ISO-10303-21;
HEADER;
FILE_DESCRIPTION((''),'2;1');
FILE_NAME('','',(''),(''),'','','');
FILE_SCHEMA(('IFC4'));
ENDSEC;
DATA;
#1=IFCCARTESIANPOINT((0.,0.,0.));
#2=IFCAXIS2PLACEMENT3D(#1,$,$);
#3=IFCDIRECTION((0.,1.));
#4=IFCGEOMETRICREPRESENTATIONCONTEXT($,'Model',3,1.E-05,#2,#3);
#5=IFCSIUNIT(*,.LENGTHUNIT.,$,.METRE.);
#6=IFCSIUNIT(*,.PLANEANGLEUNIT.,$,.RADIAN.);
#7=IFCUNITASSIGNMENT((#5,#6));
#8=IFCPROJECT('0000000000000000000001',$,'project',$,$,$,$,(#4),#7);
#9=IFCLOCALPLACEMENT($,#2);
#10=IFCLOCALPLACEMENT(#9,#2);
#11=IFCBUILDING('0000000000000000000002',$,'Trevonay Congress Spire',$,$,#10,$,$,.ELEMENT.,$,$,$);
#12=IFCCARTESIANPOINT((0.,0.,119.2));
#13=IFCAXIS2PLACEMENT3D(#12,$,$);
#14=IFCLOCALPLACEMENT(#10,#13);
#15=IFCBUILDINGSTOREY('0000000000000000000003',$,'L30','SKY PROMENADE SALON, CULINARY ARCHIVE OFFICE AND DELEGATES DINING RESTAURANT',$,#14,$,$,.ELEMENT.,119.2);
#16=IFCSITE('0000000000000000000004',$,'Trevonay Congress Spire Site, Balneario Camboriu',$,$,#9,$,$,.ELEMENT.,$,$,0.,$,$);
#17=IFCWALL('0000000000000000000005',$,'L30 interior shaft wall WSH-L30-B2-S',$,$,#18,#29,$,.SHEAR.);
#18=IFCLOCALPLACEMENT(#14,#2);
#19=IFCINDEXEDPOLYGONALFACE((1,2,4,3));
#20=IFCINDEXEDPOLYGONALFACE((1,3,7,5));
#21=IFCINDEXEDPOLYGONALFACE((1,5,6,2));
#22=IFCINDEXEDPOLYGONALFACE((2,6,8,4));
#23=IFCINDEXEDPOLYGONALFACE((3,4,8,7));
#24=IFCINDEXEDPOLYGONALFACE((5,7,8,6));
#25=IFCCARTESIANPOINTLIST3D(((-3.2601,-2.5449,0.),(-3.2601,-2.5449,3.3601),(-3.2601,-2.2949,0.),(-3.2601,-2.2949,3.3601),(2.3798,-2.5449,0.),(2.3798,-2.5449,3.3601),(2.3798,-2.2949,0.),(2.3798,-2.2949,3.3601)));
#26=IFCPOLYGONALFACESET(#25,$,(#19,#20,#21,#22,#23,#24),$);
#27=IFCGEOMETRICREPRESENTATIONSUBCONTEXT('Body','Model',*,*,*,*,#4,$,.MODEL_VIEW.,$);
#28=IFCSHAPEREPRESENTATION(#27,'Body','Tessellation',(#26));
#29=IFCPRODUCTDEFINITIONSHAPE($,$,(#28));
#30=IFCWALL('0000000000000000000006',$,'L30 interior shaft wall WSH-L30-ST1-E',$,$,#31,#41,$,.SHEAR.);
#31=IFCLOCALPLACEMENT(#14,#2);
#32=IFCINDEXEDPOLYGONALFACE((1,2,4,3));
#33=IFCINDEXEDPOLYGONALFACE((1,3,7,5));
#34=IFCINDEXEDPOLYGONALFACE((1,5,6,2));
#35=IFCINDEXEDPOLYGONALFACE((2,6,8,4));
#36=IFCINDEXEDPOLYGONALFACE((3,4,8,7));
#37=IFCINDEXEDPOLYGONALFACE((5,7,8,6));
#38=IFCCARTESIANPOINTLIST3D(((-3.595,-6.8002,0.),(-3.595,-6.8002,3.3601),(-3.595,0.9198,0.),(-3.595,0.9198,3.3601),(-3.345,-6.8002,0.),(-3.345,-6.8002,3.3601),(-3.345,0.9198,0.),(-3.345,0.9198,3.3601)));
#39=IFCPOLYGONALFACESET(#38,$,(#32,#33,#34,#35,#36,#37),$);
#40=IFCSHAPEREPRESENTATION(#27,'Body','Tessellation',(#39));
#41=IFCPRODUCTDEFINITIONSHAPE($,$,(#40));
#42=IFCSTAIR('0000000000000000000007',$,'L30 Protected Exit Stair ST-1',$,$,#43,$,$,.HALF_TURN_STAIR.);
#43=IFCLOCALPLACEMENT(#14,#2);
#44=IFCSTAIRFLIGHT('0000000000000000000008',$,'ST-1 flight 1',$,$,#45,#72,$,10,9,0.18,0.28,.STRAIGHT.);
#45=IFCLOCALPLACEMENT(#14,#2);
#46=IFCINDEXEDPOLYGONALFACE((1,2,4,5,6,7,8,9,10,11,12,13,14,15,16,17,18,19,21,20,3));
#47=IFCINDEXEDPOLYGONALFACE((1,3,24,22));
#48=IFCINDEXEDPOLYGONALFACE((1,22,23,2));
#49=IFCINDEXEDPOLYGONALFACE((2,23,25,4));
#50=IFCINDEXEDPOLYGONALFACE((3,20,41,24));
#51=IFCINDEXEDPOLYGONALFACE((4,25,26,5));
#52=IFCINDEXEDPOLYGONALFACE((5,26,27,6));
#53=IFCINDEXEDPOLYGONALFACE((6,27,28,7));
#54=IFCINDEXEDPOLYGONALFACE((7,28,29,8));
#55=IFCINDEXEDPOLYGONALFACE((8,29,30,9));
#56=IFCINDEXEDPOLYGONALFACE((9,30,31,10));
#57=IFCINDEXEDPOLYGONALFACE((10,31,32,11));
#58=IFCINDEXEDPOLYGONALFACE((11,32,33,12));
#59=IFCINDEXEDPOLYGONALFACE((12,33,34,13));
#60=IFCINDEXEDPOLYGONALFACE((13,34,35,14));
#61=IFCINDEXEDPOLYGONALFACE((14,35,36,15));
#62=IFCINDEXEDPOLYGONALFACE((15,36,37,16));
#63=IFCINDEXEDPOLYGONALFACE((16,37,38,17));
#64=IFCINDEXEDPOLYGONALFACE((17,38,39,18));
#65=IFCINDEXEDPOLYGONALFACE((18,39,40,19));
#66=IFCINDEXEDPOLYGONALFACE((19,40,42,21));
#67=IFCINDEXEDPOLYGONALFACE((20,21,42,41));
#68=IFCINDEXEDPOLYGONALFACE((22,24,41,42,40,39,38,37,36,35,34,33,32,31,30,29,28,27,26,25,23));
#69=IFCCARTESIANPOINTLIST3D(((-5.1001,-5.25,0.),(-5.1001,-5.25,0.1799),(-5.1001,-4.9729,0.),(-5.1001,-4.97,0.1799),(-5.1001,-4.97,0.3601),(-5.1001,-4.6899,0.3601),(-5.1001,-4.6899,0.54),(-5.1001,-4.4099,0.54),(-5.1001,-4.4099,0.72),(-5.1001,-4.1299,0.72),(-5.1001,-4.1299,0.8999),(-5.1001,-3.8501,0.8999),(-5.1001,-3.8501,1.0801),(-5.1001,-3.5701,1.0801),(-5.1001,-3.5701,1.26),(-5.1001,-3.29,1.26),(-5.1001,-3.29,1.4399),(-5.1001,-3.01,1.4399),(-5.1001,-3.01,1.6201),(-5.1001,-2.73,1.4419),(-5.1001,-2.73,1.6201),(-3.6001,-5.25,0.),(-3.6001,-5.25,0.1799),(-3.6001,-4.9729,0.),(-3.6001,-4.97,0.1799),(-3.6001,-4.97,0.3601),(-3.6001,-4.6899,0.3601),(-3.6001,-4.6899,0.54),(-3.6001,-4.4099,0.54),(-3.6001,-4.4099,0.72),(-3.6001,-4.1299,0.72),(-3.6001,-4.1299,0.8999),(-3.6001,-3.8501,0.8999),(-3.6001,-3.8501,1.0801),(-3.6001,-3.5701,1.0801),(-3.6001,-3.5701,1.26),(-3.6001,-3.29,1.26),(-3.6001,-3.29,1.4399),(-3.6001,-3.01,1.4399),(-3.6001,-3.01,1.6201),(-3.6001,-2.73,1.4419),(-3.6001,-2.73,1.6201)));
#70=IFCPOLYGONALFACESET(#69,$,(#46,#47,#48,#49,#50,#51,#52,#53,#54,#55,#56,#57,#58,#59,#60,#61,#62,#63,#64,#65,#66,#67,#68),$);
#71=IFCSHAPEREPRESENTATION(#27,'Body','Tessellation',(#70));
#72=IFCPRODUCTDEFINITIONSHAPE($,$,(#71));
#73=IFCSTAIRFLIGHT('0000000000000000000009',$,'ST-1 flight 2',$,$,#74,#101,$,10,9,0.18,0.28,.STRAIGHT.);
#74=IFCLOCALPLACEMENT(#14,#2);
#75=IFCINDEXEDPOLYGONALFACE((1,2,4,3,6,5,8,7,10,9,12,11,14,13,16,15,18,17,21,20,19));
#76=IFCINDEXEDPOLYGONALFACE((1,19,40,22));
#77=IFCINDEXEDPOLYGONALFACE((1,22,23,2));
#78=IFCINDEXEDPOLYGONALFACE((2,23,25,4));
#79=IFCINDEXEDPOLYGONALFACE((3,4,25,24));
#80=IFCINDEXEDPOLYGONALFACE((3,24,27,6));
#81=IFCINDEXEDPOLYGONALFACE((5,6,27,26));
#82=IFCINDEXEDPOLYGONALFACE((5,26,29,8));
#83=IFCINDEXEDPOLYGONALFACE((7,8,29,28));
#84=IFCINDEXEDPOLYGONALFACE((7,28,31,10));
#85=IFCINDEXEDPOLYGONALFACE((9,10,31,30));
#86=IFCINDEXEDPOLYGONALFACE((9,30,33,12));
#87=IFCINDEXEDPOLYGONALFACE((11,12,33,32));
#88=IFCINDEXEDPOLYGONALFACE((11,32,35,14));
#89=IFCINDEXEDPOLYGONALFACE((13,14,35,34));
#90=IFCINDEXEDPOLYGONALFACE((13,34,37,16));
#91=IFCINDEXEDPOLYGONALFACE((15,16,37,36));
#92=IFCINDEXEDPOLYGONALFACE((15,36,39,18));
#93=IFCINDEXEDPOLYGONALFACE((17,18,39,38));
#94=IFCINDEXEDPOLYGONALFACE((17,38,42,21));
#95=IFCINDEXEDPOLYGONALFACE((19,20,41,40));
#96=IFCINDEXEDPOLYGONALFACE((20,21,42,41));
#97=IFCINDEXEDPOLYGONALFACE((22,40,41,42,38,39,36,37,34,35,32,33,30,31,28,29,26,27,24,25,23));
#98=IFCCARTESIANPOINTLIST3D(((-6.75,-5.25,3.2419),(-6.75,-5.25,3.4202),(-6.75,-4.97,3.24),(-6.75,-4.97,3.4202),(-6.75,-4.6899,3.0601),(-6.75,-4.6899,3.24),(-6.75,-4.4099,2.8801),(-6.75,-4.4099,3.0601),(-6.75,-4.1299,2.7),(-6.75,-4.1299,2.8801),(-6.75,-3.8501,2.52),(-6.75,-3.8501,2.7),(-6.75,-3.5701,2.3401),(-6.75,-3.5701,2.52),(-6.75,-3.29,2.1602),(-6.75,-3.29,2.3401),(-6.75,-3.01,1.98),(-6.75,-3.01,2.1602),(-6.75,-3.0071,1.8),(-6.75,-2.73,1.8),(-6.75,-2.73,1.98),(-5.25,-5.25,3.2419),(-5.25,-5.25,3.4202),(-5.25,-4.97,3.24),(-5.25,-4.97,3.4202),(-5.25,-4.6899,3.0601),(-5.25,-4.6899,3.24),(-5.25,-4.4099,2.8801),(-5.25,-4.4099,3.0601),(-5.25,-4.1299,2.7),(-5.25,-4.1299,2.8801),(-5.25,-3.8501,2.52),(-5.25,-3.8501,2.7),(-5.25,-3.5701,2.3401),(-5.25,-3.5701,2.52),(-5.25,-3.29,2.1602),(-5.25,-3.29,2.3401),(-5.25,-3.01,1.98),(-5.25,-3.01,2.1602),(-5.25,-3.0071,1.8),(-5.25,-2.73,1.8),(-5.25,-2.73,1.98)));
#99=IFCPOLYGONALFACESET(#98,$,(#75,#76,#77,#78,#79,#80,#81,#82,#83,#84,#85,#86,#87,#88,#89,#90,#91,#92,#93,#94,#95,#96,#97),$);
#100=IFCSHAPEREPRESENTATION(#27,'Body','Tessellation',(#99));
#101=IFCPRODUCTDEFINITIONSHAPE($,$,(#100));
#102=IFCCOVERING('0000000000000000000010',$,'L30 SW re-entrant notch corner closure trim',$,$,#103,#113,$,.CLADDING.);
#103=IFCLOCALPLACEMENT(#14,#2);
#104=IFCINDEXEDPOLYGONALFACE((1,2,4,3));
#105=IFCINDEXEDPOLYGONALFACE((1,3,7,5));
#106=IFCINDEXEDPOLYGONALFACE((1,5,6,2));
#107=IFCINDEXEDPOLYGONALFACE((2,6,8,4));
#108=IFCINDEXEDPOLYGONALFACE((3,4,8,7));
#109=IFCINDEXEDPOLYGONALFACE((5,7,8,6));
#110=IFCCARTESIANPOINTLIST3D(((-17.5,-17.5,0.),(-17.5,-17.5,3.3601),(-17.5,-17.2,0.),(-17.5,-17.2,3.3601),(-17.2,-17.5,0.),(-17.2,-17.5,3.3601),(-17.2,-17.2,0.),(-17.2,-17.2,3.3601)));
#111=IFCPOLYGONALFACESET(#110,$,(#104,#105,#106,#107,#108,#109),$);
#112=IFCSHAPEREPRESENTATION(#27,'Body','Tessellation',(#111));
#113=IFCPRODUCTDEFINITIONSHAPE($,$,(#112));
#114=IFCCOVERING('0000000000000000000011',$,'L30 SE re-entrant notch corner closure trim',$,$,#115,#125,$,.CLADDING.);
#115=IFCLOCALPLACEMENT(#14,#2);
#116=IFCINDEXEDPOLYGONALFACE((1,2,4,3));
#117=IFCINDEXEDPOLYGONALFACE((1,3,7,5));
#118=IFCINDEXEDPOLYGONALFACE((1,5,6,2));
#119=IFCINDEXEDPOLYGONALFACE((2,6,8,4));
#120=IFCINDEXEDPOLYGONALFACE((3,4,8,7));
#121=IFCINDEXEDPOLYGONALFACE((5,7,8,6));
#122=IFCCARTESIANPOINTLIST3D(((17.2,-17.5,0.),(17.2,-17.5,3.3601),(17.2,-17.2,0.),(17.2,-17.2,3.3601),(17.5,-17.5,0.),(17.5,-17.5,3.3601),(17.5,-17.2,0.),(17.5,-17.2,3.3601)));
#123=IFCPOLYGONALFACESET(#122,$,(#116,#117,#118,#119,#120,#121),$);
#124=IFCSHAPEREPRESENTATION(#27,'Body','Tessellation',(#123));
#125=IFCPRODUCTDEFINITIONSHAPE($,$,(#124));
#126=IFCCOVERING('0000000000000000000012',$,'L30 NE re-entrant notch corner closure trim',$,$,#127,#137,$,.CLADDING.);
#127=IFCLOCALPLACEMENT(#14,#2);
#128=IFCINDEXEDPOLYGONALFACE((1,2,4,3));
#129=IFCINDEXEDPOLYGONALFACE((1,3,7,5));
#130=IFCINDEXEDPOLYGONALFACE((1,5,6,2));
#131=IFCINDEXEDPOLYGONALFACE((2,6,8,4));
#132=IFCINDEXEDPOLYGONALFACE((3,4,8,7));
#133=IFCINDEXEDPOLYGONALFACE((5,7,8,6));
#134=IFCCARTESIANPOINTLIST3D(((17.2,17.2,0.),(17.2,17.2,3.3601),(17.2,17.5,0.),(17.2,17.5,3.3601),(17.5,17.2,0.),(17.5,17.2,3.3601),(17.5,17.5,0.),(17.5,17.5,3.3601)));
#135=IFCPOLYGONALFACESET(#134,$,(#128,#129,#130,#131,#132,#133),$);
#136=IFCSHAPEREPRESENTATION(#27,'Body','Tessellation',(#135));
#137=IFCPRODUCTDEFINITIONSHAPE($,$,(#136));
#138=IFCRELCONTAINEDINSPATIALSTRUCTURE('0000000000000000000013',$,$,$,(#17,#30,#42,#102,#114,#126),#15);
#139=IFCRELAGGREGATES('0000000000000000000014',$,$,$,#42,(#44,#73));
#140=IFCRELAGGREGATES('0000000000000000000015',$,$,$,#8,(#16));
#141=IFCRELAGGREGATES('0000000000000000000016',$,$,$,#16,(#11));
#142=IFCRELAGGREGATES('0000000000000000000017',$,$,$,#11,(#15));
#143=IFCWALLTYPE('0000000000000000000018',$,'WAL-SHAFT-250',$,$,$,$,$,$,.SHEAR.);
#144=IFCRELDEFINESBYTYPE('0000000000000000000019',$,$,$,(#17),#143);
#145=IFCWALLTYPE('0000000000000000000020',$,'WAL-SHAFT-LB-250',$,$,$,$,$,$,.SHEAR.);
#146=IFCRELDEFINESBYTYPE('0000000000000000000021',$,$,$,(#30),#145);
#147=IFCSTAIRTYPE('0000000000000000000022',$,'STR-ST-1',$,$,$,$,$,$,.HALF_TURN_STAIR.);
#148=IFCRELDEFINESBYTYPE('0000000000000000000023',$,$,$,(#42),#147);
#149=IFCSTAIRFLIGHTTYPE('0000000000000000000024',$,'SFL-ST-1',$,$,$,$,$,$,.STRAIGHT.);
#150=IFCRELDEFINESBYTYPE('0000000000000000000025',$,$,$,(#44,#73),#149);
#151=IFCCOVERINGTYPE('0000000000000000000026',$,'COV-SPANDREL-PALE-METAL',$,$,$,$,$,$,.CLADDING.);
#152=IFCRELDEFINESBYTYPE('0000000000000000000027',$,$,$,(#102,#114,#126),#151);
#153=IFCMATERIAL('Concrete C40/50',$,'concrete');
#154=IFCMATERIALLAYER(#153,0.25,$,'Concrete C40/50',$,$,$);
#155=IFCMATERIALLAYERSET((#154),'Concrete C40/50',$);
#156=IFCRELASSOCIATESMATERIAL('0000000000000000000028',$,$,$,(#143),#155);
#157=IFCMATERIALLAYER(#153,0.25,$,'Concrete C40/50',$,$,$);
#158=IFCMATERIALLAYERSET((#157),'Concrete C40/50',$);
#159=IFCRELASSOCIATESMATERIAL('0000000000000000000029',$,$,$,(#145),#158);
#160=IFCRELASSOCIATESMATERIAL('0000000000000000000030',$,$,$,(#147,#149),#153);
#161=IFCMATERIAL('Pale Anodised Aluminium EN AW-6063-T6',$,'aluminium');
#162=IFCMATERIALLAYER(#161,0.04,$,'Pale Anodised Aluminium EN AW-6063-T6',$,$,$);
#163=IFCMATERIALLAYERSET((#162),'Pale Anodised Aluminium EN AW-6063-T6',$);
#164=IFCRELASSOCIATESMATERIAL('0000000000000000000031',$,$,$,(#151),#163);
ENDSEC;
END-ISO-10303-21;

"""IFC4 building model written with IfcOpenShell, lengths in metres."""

from ifc_helpers import new_model, si_unit, direction, frame, frame_2d, origin, place, context, subcontext, project, spatial, polyline, rectangle, outline, extrude, material, layer, layer_set, type_object, element, aggregate, save


model = new_model("IFC4")

# Units and contexts
model_context = context("Model", 3, precision=1e-05, world=origin(), true_north=direction((0.0, 1.0)))
body_context = subcontext(model_context, "Body", "Model", "MODEL_VIEW")
ifc_project = project(units=[si_unit("LENGTHUNIT", "METRE"), si_unit("PLANEANGLEUNIT", "RADIAN")], contexts=[model_context])

# Site, building, storey
site_placement = place(None, origin())
site = spatial("IfcSite", under=ifc_project, at=site_placement, Name="Trevonay Congress Spire Site, Balneario Camboriu", CompositionType="ELEMENT", RefElevation=0.0)
building_placement = place(site_placement, origin())
building = spatial("IfcBuilding", under=site, at=building_placement, Name="Trevonay Congress Spire", CompositionType="ELEMENT")
storey_placement = place(building_placement, frame((0.0, 0.0, 119.2)))
storey = spatial("IfcBuildingStorey", under=building, at=storey_placement, Name="L30", Description="SKY PROMENADE SALON, CULINARY ARCHIVE OFFICE AND DELEGATES DINING RESTAURANT", CompositionType="ELEMENT", Elevation=119.2)

# Shared definitions
ifc_material_1 = material(Name="Concrete C40/50", Category="concrete")

# Walls
ifc_layer_1 = layer(ifc_material_1, 0.25, Name="Concrete C40/50")
ifc_layer_set_1 = layer_set([ifc_layer_1], Name="Concrete C40/50")
wall_type_1 = type_object("IfcWallType", Name="WAL-SHAFT-250", PredefinedType="SHEAR", material=ifc_layer_set_1)
wall_1_placement = place(storey_placement, frame((-3.26, -2.4199, 0.0), z_axis=(0.0, 0.0, 1.0), x_axis=(1.0, 0.0, 0.0)))
element("IfcWall", 1, at=wall_1_placement, inside=storey, type_object=wall_type_1, Name="L30 interior shaft wall WSH-L30-B2-S", PredefinedType="SHEAR", context=body_context, shape_type="SweptSolid", body=[
    extrude(rectangle(XDim=5.6399, YDim=0.25, at=frame_2d((2.8198, 0.0))), origin(), (0.0, 0.0, 1.0), 3.3601),
])
ifc_layer_2 = layer(ifc_material_1, 0.25, Name="Concrete C40/50")
ifc_layer_set_2 = layer_set([ifc_layer_2], Name="Concrete C40/50")
wall_type_2 = type_object("IfcWallType", Name="WAL-SHAFT-LB-250", PredefinedType="SHEAR", material=ifc_layer_set_2)
wall_2_placement = place(storey_placement, frame((-3.47, -6.8, 0.0), z_axis=(0.0, 0.0, 1.0), x_axis=(0.0, 1.0, 0.0)))
element("IfcWall", 2, at=wall_2_placement, inside=storey, type_object=wall_type_2, Name="L30 interior shaft wall WSH-L30-ST1-E", PredefinedType="SHEAR", context=body_context, shape_type="SweptSolid", body=[
    extrude(rectangle(XDim=7.72, YDim=0.25, at=frame_2d((3.8599, 0.0))), origin(), (0.0, 0.0, 1.0), 3.3601),
])

# Stair, stair flights
stair_type = type_object("IfcStairType", Name="STR-ST-1", PredefinedType="HALF_TURN_STAIR", material=ifc_material_1)
stair_placement = place(storey_placement, origin())
stair = element("IfcStair", 3, at=stair_placement, inside=storey, type_object=stair_type, Name="L30 Protected Exit Stair ST-1", PredefinedType="HALF_TURN_STAIR")
stair_flight_type = type_object("IfcStairFlightType", Name="SFL-ST-1", PredefinedType="STRAIGHT", material=ifc_material_1)
stair_flight_1_placement = place(storey_placement, frame((-4.3501, -5.25, 0.0), z_axis=(0.0, 0.0, 1.0), x_axis=(0.0, 1.0, 0.0)))
stair_flight_1 = element("IfcStairFlight", 4, at=stair_flight_1_placement, type_object=stair_flight_type, Name="ST-1 flight 1", NumberOfRisers=10, NumberOfTreads=9, PredefinedType="STRAIGHT", RiserHeight=0.18, TreadLength=0.28, context=body_context, shape_type="SweptSolid", body=[
    extrude(outline(polyline([(0.0, 0.0), (0.0, 0.1799), (0.28, 0.1799), (0.28, 0.3601), (0.5601, 0.3601), (0.5601, 0.54), (0.8401, 0.54), (0.8401, 0.72), (1.1201, 0.72), (1.1201, 0.8999), (1.3999, 0.8999), (1.3999, 1.0801), (1.6799, 1.0801), (1.6799, 1.26), (1.96, 1.26), (1.96, 1.4399), (2.24, 1.4399), (2.24, 1.6201), (2.52, 1.6201), (2.52, 1.8), (2.52, 1.4419), (0.2771, 0.0), (0.0, 0.0)])), frame((0.0, 0.75, 0.0), z_axis=(0.0, -1.0, 0.0), x_axis=(1.0, 0.0, 0.0)), (0.0, 0.0, 1.0), 1.5),
])
stair_flight_2_placement = place(storey_placement, frame((-6.0, -2.73, 1.8), z_axis=(0.0, 0.0, 1.0), x_axis=(0.0, -1.0, 0.0)))
stair_flight_2 = element("IfcStairFlight", 5, at=stair_flight_2_placement, type_object=stair_flight_type, Name="ST-1 flight 2", NumberOfRisers=10, NumberOfTreads=9, PredefinedType="STRAIGHT", RiserHeight=0.18, TreadLength=0.28, context=body_context, shape_type="SweptSolid", body=[
    extrude(outline(polyline([(0.0, 0.0), (0.0, 0.1799), (0.28, 0.1799), (0.28, 0.3601), (0.5601, 0.3601), (0.5601, 0.54), (0.8401, 0.54), (0.8401, 0.72), (1.1201, 0.72), (1.1201, 0.8999), (1.3999, 0.8999), (1.3999, 1.0801), (1.6799, 1.0801), (1.6799, 1.26), (1.96, 1.26), (1.96, 1.4399), (2.24, 1.4399), (2.24, 1.6201), (2.52, 1.6201), (2.52, 1.8), (2.52, 1.4419), (0.2771, 0.0), (0.0, 0.0)])), frame((0.0, 0.75, 0.0), z_axis=(0.0, -1.0, 0.0), x_axis=(1.0, 0.0, 0.0)), (0.0, 0.0, 1.0), 1.5),
])
aggregate(stair, [stair_flight_1, stair_flight_2])

# Coverings
ifc_material_2 = material(Name="Pale Anodised Aluminium EN AW-6063-T6", Category="aluminium")
ifc_layer_3 = layer(ifc_material_2, 0.04, Name="Pale Anodised Aluminium EN AW-6063-T6")
ifc_layer_set_3 = layer_set([ifc_layer_3], Name="Pale Anodised Aluminium EN AW-6063-T6")
covering_type = type_object("IfcCoveringType", Name="COV-SPANDREL-PALE-METAL", PredefinedType="CLADDING", material=ifc_layer_set_3)
covering_1_placement = place(storey_placement, origin())
element("IfcCovering", 6, at=covering_1_placement, inside=storey, type_object=covering_type, Name="L30 SW re-entrant notch corner closure trim", PredefinedType="CLADDING", context=body_context, shape_type="SweptSolid", body=[
    extrude(outline(polyline([(-17.5, -17.5), (-17.2, -17.5), (-17.2, -17.2), (-17.5, -17.2), (-17.5, -17.5)])), origin(), (0.0, 0.0, 1.0), 3.3601),
])
covering_2_placement = place(storey_placement, origin())
element("IfcCovering", 7, at=covering_2_placement, inside=storey, type_object=covering_type, Name="L30 SE re-entrant notch corner closure trim", PredefinedType="CLADDING", context=body_context, shape_type="SweptSolid", body=[
    extrude(outline(polyline([(17.2, -17.5), (17.5, -17.5), (17.5, -17.2), (17.2, -17.2), (17.2, -17.5)])), origin(), (0.0, 0.0, 1.0), 3.3601),
])
covering_3_placement = place(storey_placement, origin())
element("IfcCovering", 8, at=covering_3_placement, inside=storey, type_object=covering_type, Name="L30 NE re-entrant notch corner closure trim", PredefinedType="CLADDING", context=body_context, shape_type="SweptSolid", body=[
    extrude(outline(polyline([(17.2, 17.2), (17.5, 17.2), (17.5, 17.5), (17.2, 17.5), (17.2, 17.2)])), origin(), (0.0, 0.0, 1.0), 3.3601),
])

save(model, "model.ifc")
